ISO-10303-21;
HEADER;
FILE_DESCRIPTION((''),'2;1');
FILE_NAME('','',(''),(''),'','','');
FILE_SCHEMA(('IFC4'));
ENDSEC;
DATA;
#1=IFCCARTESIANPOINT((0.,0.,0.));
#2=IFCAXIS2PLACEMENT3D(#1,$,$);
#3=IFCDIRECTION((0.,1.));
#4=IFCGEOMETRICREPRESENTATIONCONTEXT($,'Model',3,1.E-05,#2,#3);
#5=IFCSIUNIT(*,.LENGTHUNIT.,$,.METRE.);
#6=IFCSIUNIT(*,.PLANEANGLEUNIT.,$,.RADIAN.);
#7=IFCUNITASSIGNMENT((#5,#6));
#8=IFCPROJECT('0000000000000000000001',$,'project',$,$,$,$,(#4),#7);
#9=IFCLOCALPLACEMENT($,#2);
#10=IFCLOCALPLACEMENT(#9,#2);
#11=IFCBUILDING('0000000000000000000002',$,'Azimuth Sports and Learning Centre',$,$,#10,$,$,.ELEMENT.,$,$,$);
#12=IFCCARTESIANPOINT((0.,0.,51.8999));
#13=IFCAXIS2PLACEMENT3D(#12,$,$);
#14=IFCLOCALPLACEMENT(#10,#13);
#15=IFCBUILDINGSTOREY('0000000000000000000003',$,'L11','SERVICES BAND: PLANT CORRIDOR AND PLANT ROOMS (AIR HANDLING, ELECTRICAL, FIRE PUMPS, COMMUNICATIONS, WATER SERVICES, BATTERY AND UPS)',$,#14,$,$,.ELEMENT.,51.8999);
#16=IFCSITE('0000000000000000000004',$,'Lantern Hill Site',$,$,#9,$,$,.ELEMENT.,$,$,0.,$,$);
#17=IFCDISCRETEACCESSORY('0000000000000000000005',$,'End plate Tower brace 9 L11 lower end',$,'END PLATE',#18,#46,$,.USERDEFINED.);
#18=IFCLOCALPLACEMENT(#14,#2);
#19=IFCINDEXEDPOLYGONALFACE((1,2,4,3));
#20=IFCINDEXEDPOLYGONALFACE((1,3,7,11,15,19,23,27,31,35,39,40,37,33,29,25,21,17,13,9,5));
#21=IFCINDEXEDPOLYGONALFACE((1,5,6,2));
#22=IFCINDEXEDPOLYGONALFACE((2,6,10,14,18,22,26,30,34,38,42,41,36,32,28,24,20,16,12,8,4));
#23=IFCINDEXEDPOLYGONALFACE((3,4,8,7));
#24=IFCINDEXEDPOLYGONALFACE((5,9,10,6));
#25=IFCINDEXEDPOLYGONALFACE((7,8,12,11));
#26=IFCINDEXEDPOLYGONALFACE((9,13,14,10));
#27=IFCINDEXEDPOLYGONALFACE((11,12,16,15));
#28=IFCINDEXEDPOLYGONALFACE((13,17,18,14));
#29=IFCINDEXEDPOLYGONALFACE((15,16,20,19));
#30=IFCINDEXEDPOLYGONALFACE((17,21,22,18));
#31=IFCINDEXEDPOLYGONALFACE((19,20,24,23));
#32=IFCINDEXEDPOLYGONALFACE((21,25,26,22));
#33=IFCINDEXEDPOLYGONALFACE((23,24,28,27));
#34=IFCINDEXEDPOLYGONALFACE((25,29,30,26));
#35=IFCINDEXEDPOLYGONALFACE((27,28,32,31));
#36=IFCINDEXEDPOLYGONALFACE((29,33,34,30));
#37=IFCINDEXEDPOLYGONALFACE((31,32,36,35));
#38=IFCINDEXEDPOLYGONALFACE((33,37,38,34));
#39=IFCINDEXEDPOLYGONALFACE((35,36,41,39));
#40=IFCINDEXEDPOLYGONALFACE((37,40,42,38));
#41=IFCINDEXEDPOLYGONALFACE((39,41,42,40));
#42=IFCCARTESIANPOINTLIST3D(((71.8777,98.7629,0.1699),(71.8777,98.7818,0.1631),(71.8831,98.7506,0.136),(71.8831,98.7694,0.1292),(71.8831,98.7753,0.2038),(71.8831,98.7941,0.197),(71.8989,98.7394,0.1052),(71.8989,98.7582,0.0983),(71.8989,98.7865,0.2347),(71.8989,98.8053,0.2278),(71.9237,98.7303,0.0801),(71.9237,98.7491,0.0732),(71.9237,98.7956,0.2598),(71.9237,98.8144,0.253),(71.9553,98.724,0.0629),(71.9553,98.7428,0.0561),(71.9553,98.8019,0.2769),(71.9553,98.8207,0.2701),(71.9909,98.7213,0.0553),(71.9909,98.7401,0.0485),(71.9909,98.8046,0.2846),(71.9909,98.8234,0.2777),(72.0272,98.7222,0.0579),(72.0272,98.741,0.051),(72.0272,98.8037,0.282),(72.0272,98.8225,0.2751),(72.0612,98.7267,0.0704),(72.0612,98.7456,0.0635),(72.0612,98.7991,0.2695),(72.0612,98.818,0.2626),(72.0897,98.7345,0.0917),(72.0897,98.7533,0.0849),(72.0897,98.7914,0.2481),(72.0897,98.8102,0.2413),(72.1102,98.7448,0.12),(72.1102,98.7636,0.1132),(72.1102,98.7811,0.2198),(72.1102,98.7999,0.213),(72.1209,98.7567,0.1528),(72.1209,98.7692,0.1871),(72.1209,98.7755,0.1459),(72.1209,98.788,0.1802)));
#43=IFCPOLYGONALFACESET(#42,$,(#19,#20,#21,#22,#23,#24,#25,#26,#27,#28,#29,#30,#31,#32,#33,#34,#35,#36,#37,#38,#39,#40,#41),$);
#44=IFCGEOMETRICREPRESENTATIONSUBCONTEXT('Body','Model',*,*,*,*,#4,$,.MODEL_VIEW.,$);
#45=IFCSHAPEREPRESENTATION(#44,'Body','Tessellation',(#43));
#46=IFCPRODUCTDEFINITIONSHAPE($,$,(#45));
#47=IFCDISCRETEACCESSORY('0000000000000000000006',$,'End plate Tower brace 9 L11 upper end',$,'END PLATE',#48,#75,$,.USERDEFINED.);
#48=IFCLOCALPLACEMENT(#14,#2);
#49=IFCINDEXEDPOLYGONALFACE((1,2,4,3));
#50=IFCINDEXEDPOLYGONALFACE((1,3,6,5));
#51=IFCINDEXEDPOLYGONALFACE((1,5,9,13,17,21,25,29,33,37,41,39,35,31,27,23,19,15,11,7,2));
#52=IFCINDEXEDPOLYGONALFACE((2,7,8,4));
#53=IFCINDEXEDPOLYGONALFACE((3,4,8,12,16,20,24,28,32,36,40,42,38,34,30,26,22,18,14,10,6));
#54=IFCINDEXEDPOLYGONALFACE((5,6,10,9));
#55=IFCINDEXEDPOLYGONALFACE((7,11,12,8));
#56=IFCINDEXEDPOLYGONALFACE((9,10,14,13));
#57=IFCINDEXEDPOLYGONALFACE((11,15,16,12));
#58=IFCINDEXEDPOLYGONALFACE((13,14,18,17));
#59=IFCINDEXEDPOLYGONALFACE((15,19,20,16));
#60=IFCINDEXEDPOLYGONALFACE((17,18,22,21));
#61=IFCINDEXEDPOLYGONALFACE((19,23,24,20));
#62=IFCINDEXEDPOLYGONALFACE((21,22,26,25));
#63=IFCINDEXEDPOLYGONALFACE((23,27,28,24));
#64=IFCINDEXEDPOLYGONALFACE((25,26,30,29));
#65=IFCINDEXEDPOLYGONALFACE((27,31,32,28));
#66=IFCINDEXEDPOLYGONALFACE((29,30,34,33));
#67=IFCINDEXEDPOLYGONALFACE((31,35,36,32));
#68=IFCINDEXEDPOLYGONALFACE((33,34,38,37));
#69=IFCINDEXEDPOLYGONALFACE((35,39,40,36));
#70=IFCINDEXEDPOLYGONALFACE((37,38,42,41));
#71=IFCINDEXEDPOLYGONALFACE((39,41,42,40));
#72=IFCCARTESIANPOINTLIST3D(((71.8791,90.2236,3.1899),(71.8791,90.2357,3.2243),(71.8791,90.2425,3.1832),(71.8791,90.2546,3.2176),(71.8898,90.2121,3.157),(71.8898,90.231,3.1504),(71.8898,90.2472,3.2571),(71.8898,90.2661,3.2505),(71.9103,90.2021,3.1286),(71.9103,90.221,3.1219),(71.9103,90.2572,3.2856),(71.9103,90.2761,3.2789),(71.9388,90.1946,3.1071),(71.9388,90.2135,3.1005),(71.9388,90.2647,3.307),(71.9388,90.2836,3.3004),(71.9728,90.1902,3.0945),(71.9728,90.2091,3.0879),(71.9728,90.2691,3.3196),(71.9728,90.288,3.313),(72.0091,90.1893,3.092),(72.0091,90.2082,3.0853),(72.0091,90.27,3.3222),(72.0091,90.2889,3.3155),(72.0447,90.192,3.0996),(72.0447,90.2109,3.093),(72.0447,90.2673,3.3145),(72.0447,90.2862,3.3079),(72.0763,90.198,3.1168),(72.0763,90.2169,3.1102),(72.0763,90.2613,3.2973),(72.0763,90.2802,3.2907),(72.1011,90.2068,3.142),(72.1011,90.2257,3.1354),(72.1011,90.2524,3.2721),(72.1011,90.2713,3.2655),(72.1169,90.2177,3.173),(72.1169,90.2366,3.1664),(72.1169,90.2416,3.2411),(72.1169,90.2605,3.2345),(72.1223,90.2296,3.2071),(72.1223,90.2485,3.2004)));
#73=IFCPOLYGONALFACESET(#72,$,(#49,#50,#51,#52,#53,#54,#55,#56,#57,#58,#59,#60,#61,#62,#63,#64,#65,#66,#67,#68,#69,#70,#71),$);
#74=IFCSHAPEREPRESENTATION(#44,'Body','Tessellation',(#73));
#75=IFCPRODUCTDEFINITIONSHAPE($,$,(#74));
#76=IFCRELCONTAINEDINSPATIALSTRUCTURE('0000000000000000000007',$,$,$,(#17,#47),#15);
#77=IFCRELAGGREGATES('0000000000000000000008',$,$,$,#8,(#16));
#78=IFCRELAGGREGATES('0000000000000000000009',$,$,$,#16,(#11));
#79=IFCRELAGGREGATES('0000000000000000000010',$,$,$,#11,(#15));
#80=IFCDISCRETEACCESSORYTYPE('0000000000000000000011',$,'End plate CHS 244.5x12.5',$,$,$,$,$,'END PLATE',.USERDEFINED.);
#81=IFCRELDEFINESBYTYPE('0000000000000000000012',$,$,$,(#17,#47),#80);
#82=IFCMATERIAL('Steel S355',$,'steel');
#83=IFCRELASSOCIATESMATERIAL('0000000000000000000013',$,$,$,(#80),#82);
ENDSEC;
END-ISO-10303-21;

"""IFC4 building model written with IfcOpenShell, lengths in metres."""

from ifc_helpers import new_model, si_unit, direction, frame, origin, origin_2d, place, context, subcontext, project, spatial, circle, extrude, material, material_profile, profile_set, type_object, element, save


model = new_model("IFC4")

# Units and contexts
model_context = context("Model", 3, precision=1e-05, world=origin(), true_north=direction((0.0, 1.0)))
body_context = subcontext(model_context, "Body", "Model", "MODEL_VIEW")
ifc_project = project(units=[si_unit("LENGTHUNIT", "METRE"), si_unit("PLANEANGLEUNIT", "RADIAN")], contexts=[model_context])

# Site, building, storey
site_placement = place(None, origin())
site = spatial("IfcSite", under=ifc_project, at=site_placement, Name="Lantern Hill Site", CompositionType="ELEMENT", RefElevation=0.0)
building_placement = place(site_placement, origin())
building = spatial("IfcBuilding", under=site, at=building_placement, Name="Azimuth Sports and Learning Centre", CompositionType="ELEMENT")
storey_placement = place(building_placement, frame((0.0, 0.0, 51.8999)))
storey = spatial("IfcBuildingStorey", under=building, at=storey_placement, Name="L11", Description="SERVICES BAND: PLANT CORRIDOR AND PLANT ROOMS (AIR HANDLING, ELECTRICAL, FIRE PUMPS, COMMUNICATIONS, WATER SERVICES, BATTERY AND UPS)", CompositionType="ELEMENT", Elevation=51.8999)

# Discrete accessories
ifc_material_1 = material(Name="Steel S355", Category="steel")
ifc_material_profile_1 = material_profile(ifc_material_1, circle(Radius=0.1223, at=origin_2d()), Name="PL 244 DISC")
ifc_profile_set_1 = profile_set([ifc_material_profile_1], Name="Steel S355")
discrete_accessory_type = type_object("IfcDiscreteAccessoryType", Name="End plate CHS 244.5x12.5", ElementType="END PLATE", PredefinedType="USERDEFINED", material=ifc_profile_set_1)
for number, where, z_axis, x_axis, name in (
    (1, (72.0, 98.7629, 0.1699), (0.0, 0.939793, -0.341743), (-1.0, 0.0, 0.0), "End plate Tower brace 9 L11 lower end"),
    (2, (72.0, 90.2485, 3.2004), (0.0, -0.943667, 0.330896), (1.0, 0.0, 0.0), "End plate Tower brace 9 L11 upper end"),
):
    element("IfcDiscreteAccessory", number, at=place(storey_placement, frame(where, z_axis=z_axis, x_axis=x_axis)), inside=storey, type_object=discrete_accessory_type, Name=name, ObjectType="END PLATE", PredefinedType="USERDEFINED", context=body_context, shape_type="SweptSolid", body=[
        extrude(circle(Radius=0.1223, at=origin_2d()), origin(), (0.0, 0.0, 1.0), 0.02),
    ])

save(model, "model.ifc")
